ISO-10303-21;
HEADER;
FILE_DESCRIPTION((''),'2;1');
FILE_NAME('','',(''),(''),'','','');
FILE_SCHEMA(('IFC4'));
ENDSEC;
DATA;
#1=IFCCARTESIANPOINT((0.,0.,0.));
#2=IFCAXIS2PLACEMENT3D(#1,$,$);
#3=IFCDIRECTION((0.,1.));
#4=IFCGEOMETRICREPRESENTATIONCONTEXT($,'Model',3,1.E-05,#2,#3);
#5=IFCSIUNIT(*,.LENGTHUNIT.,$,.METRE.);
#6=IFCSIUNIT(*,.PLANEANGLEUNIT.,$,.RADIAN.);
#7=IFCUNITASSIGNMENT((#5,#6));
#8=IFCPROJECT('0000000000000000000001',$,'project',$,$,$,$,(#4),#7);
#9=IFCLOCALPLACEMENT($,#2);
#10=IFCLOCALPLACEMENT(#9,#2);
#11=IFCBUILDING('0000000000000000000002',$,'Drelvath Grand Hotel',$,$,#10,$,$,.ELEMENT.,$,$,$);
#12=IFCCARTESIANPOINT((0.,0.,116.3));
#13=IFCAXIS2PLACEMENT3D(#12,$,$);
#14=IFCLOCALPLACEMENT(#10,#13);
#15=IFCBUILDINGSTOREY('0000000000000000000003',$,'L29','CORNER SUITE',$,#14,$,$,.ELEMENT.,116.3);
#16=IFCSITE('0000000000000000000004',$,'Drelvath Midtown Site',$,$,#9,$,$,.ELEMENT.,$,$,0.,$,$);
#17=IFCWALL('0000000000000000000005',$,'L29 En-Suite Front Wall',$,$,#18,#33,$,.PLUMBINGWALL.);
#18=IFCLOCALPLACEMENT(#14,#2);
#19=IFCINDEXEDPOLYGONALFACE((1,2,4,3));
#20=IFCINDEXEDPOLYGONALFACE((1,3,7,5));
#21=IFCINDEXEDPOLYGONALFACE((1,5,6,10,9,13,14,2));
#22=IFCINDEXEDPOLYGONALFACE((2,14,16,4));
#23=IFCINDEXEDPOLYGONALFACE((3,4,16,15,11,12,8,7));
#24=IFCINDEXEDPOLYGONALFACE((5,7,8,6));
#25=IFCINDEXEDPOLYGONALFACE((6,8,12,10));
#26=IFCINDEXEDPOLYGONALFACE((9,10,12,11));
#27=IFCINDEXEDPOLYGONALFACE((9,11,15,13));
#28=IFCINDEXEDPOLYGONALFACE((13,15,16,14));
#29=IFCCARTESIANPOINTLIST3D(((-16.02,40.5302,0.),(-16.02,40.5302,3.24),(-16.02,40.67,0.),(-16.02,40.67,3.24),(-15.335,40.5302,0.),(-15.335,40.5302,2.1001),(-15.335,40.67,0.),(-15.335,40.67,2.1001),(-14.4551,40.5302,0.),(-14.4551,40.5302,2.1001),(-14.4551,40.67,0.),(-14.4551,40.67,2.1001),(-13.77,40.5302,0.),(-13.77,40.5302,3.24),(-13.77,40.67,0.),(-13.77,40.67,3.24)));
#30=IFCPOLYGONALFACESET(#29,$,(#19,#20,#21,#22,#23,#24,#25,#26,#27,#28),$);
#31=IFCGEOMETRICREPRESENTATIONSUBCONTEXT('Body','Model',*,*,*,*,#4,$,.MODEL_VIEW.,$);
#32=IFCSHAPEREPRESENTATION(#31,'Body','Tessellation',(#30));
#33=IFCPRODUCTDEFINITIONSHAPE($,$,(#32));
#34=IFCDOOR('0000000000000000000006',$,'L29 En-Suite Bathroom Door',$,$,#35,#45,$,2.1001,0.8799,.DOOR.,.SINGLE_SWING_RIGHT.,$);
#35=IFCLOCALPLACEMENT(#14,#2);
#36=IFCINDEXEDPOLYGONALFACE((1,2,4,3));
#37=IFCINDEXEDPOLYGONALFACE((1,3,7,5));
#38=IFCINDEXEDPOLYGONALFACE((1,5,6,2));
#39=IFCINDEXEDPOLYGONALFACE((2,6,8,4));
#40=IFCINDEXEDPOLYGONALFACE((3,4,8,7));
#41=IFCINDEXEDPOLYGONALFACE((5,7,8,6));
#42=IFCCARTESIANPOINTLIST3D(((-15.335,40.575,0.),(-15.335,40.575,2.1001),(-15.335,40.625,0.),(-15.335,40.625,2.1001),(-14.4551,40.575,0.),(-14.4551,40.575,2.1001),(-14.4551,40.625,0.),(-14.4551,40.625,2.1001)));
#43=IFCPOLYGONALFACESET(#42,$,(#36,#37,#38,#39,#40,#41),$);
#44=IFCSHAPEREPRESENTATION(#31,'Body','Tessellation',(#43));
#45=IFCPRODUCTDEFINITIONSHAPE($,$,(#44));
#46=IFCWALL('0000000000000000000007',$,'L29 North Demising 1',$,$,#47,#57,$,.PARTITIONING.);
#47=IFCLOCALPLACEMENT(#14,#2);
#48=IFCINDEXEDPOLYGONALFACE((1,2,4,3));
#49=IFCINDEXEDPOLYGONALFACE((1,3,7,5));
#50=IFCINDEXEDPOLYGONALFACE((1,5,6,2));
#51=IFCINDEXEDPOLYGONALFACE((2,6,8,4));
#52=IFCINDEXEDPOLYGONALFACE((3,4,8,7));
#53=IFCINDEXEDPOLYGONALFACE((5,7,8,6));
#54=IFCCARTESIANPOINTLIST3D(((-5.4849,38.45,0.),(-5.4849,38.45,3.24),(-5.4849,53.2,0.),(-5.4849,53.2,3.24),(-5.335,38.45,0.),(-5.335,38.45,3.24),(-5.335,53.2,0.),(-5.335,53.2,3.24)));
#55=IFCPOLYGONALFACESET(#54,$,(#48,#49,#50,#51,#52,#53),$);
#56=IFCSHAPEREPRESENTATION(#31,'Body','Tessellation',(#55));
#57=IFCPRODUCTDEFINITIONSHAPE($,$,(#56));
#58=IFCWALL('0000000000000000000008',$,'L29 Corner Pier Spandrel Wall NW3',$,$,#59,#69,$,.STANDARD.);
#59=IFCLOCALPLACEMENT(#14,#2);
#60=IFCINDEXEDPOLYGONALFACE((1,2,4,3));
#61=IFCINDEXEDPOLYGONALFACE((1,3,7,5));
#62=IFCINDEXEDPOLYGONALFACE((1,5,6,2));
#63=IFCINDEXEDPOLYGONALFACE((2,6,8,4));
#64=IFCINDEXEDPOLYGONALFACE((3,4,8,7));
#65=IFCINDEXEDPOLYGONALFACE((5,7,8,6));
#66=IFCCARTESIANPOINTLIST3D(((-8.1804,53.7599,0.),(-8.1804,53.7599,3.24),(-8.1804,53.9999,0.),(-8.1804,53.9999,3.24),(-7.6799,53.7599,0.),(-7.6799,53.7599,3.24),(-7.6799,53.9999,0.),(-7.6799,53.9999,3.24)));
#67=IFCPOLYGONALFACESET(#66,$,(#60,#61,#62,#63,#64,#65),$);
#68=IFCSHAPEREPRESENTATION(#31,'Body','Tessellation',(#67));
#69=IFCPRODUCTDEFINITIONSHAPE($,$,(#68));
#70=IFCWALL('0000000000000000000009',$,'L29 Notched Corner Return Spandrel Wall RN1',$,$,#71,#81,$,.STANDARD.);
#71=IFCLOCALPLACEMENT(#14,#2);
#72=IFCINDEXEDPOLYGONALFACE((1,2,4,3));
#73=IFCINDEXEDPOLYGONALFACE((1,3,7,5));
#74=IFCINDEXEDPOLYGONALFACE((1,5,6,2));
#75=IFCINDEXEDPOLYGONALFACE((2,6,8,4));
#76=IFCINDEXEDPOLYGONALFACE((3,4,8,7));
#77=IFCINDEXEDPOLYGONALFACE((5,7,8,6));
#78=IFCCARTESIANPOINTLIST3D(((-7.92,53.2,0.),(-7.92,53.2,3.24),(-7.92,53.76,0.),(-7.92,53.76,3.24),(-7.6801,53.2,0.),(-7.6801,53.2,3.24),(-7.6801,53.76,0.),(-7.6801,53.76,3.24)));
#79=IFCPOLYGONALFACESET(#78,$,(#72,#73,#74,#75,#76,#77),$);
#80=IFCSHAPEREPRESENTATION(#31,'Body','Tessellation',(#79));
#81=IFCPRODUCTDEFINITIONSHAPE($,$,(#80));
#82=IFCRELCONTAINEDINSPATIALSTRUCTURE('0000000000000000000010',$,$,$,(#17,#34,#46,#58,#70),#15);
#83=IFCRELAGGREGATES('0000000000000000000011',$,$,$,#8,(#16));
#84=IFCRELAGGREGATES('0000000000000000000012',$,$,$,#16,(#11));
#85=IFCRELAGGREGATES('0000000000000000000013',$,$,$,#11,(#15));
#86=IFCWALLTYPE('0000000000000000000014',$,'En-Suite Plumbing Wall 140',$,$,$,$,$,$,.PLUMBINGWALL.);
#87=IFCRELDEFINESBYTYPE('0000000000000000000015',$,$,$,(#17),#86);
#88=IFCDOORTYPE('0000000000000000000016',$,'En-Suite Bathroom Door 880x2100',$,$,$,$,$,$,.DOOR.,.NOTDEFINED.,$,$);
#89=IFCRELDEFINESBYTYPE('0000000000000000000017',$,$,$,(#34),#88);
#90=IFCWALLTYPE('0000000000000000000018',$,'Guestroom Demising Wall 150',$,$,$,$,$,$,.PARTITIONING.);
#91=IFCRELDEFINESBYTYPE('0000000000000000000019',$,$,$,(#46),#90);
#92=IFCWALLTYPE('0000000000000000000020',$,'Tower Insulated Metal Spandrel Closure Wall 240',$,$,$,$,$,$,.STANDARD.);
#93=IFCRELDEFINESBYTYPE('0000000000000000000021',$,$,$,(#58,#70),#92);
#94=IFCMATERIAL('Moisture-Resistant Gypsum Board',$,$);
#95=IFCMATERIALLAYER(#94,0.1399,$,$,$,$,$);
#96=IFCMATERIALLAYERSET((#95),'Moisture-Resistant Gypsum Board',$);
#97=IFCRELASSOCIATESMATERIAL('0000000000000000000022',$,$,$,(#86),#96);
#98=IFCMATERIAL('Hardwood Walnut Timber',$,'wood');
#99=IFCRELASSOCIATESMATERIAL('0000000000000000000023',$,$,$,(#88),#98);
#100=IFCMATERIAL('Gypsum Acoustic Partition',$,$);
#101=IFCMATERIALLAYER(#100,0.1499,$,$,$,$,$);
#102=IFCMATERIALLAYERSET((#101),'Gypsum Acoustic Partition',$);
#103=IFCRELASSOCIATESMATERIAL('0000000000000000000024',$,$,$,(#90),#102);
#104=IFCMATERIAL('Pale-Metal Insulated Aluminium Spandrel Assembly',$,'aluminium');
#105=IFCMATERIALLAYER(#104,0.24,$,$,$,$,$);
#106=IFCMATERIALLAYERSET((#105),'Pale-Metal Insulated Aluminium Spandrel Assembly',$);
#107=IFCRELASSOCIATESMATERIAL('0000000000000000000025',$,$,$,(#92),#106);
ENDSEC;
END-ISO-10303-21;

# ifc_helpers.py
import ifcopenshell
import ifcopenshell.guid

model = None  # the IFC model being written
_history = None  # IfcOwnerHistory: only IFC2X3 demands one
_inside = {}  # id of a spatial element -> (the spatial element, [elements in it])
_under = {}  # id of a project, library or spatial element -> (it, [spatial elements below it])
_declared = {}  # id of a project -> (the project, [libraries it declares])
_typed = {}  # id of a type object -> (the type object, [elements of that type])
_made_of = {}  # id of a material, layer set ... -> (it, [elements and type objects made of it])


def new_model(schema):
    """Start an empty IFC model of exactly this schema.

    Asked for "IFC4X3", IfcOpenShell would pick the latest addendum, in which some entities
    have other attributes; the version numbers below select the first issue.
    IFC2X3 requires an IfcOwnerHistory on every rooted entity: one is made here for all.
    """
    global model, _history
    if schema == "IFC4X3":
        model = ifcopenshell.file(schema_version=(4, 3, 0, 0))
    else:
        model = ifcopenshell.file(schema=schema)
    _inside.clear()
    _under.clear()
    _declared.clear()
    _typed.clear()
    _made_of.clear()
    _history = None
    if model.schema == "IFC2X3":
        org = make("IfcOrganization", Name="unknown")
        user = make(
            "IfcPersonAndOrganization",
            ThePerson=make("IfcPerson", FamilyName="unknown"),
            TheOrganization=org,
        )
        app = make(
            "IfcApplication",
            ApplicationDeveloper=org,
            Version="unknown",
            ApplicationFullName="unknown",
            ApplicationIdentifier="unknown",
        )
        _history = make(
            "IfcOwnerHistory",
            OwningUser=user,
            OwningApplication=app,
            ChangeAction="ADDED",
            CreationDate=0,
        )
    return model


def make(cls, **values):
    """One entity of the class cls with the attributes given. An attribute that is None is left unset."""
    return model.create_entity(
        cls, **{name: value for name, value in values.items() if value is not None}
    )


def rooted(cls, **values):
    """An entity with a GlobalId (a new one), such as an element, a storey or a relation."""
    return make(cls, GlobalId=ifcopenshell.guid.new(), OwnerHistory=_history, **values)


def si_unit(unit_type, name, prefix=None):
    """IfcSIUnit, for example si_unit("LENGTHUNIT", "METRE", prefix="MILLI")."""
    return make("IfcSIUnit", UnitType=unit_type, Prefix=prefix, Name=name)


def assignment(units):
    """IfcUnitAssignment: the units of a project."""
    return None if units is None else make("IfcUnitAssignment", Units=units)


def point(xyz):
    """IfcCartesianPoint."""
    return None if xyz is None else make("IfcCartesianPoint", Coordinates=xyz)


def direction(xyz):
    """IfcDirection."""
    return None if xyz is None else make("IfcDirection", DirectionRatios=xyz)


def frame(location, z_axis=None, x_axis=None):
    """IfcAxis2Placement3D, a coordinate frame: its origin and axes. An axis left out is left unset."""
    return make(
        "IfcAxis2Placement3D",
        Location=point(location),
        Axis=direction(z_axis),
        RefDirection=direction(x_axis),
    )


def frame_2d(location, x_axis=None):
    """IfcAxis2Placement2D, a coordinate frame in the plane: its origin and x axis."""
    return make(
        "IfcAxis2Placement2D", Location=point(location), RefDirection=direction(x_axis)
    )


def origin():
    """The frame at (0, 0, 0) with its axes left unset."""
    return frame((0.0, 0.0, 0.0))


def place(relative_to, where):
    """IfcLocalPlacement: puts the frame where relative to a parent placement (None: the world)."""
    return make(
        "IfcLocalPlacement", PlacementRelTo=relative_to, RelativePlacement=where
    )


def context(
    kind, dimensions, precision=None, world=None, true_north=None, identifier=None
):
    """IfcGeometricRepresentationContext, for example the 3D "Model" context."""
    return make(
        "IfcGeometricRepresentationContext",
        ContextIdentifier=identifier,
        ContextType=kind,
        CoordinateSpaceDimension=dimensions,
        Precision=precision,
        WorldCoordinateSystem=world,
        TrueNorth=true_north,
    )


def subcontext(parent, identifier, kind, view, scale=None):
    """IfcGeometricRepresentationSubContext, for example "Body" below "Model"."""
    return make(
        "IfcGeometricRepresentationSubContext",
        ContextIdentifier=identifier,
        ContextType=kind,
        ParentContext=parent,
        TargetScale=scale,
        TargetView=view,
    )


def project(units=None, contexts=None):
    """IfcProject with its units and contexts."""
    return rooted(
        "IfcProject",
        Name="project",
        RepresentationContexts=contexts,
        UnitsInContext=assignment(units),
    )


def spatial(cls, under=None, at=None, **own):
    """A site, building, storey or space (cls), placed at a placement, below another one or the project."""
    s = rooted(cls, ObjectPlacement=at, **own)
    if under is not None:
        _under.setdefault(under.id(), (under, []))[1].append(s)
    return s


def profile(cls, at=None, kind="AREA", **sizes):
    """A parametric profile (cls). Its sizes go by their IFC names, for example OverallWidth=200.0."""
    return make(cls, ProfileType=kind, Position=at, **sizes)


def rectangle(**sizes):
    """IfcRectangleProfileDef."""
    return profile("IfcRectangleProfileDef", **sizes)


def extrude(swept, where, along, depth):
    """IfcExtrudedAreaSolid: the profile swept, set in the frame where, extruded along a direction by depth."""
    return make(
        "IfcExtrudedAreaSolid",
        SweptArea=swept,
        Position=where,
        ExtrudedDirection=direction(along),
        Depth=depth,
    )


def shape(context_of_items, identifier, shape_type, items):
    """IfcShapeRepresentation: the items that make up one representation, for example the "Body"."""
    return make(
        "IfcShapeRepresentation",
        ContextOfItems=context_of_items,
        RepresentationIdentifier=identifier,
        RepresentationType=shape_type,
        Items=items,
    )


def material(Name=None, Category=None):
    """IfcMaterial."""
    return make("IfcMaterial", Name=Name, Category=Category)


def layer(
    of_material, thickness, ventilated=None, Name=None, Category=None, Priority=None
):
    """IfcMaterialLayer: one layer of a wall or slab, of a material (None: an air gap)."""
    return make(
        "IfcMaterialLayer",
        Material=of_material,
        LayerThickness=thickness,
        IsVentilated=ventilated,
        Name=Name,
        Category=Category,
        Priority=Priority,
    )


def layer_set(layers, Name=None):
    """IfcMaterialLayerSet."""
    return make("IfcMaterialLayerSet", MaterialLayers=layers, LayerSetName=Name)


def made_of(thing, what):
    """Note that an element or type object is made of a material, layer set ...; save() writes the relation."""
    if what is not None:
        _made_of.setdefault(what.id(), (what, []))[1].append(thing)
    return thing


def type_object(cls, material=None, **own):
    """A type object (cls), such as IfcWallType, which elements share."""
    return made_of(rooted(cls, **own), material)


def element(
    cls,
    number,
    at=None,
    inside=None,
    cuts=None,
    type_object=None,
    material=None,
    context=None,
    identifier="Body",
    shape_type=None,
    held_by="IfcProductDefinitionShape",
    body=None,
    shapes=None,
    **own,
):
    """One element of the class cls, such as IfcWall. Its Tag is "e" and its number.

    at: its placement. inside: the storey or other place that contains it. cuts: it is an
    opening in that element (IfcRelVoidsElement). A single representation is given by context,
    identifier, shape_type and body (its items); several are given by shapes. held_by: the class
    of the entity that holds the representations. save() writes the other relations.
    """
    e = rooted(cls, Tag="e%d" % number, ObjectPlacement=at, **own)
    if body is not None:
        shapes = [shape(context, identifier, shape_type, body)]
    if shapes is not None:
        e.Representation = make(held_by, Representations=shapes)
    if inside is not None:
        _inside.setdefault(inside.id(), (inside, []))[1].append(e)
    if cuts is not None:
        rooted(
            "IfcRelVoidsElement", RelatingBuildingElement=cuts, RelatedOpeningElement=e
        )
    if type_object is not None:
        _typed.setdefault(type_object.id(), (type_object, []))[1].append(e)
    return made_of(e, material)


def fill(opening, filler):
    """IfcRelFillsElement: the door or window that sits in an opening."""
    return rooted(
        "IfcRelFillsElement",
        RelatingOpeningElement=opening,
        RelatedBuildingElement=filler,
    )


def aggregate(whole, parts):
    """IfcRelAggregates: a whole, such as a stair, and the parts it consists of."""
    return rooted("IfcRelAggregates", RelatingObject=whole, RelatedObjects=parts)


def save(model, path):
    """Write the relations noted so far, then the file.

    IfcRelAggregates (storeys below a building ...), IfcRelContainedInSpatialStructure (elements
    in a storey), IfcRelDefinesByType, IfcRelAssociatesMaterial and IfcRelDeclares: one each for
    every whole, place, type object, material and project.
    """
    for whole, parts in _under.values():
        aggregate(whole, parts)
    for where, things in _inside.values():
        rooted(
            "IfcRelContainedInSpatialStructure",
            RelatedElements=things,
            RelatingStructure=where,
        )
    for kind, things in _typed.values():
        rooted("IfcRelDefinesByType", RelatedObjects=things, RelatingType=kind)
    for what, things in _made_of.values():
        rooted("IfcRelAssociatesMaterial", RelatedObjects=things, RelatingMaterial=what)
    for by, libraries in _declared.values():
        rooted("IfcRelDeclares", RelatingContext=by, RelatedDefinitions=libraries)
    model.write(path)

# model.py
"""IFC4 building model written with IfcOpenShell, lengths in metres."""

from ifc_helpers import new_model, si_unit, direction, frame, frame_2d, origin, place, context, subcontext, project, spatial, rectangle, extrude, material, layer, layer_set, type_object, element, fill, save


model = new_model("IFC4")

# Units and contexts
model_context = context("Model", 3, precision=1e-05, world=origin(), true_north=direction((0.0, 1.0)))
body_context = subcontext(model_context, "Body", "Model", "MODEL_VIEW")
ifc_project = project(units=[si_unit("LENGTHUNIT", "METRE"), si_unit("PLANEANGLEUNIT", "RADIAN")], contexts=[model_context])

# Site, building, storey
site_placement = place(None, origin())
site = spatial("IfcSite", under=ifc_project, at=site_placement, Name="Drelvath Midtown Site", CompositionType="ELEMENT", RefElevation=0.0)
building_placement = place(site_placement, origin())
building = spatial("IfcBuilding", under=site, at=building_placement, Name="Drelvath Grand Hotel", CompositionType="ELEMENT")
storey_placement = place(building_placement, frame((0.0, 0.0, 116.3)))
storey = spatial("IfcBuildingStorey", under=building, at=storey_placement, Name="L29", Description="CORNER SUITE", CompositionType="ELEMENT", Elevation=116.3)

# Shared definitions
ifc_material_1 = material(Name="Moisture-Resistant Gypsum Board")
ifc_layer_1 = layer(ifc_material_1, 0.1399)
ifc_layer_set_1 = layer_set([ifc_layer_1], Name="Moisture-Resistant Gypsum Board")
wall_type_1 = type_object("IfcWallType", Name="En-Suite Plumbing Wall 140", PredefinedType="PLUMBINGWALL", material=ifc_layer_set_1)

# Wall, opening, door
wall_1_placement = place(storey_placement, frame((-16.02, 40.6001, 0.0), z_axis=(0.0, 0.0, 1.0), x_axis=(1.0, 0.0, 0.0)))
wall_1 = element("IfcWall", 1, at=wall_1_placement, inside=storey, type_object=wall_type_1, Name="L29 En-Suite Front Wall", PredefinedType="PLUMBINGWALL", context=body_context, shape_type="SweptSolid", body=[
    extrude(rectangle(XDim=2.25, YDim=0.1399, at=frame_2d((1.125, 0.0))), origin(), (0.0, 0.0, 1.0), 3.24),
])
opening_placement = place(wall_1_placement, frame((0.6851, 0.0, 0.0)))
opening = element("IfcOpeningElement", 2, at=opening_placement, cuts=wall_1, PredefinedType="OPENING", context=body_context, shape_type="SweptSolid", body=[
    extrude(rectangle(XDim=0.8799, YDim=2.1001, at=frame_2d((0.4399, 1.05))), frame((0.0, 0.0798, 0.0), z_axis=(0.0, -1.0, 0.0), x_axis=(1.0, 0.0, 0.0)), (0.0, 0.0, 1.0), 0.1599),
])
ifc_material_2 = material(Name="Hardwood Walnut Timber", Category="wood")
door_type = type_object("IfcDoorType", Name="En-Suite Bathroom Door 880x2100", OperationType="NOTDEFINED", PredefinedType="DOOR", material=ifc_material_2)
door_placement = place(opening_placement, origin())
door = element("IfcDoor", 3, at=door_placement, inside=storey, type_object=door_type, Name="L29 En-Suite Bathroom Door", OperationType="SINGLE_SWING_RIGHT", OverallHeight=2.1001, OverallWidth=0.8799, PredefinedType="DOOR", context=body_context, shape_type="SweptSolid", body=[
    extrude(rectangle(XDim=0.8799, YDim=2.1001, at=frame_2d((0.4399, 1.05))), frame((0.0, 0.0249, 0.0), z_axis=(0.0, -1.0, 0.0), x_axis=(1.0, 0.0, 0.0)), (0.0, 0.0, 1.0), 0.05),
])
fill(opening, door)

# Walls
ifc_material_3 = material(Name="Gypsum Acoustic Partition")
ifc_layer_2 = layer(ifc_material_3, 0.1499)
ifc_layer_set_2 = layer_set([ifc_layer_2], Name="Gypsum Acoustic Partition")
wall_type_2 = type_object("IfcWallType", Name="Guestroom Demising Wall 150", PredefinedType="PARTITIONING", material=ifc_layer_set_2)
wall_2_placement = place(storey_placement, frame((-5.4099, 38.45, 0.0), z_axis=(0.0, 0.0, 1.0), x_axis=(0.0, 1.0, 0.0)))
element("IfcWall", 4, at=wall_2_placement, inside=storey, type_object=wall_type_2, Name="L29 North Demising 1", PredefinedType="PARTITIONING", context=body_context, shape_type="SweptSolid", body=[
    extrude(rectangle(XDim=14.75, YDim=0.1499, at=frame_2d((7.375, 0.0))), origin(), (0.0, 0.0, 1.0), 3.24),
])
ifc_material_4 = material(Name="Pale-Metal Insulated Aluminium Spandrel Assembly", Category="aluminium")
ifc_layer_3 = layer(ifc_material_4, 0.24)
ifc_layer_set_3 = layer_set([ifc_layer_3], Name="Pale-Metal Insulated Aluminium Spandrel Assembly")
wall_type_3 = type_object("IfcWallType", Name="Tower Insulated Metal Spandrel Closure Wall 240", PredefinedType="STANDARD", material=ifc_layer_set_3)
wall_3_placement = place(storey_placement, frame((-8.1804, 53.8799, 0.0), z_axis=(0.0, 0.0, 1.0), x_axis=(1.0, 0.0, 0.0)))
element("IfcWall", 5, at=wall_3_placement, inside=storey, type_object=wall_type_3, Name="L29 Corner Pier Spandrel Wall NW3", PredefinedType="STANDARD", context=body_context, shape_type="SweptSolid", body=[
    extrude(rectangle(XDim=0.5005, YDim=0.24, at=frame_2d((0.2502, 0.0))), origin(), (0.0, 0.0, 1.0), 3.24),
])
wall_4_placement = place(storey_placement, frame((-7.8, 53.76, 0.0), z_axis=(0.0, 0.0, 1.0), x_axis=(0.0, -1.0, 0.0)))
element("IfcWall", 6, at=wall_4_placement, inside=storey, type_object=wall_type_3, Name="L29 Notched Corner Return Spandrel Wall RN1", PredefinedType="STANDARD", context=body_context, shape_type="SweptSolid", body=[
    extrude(rectangle(XDim=0.5601, YDim=0.24, at=frame_2d((0.28, 0.0))), origin(), (0.0, 0.0, 1.0), 3.24),
])

save(model, "model.ifc")
